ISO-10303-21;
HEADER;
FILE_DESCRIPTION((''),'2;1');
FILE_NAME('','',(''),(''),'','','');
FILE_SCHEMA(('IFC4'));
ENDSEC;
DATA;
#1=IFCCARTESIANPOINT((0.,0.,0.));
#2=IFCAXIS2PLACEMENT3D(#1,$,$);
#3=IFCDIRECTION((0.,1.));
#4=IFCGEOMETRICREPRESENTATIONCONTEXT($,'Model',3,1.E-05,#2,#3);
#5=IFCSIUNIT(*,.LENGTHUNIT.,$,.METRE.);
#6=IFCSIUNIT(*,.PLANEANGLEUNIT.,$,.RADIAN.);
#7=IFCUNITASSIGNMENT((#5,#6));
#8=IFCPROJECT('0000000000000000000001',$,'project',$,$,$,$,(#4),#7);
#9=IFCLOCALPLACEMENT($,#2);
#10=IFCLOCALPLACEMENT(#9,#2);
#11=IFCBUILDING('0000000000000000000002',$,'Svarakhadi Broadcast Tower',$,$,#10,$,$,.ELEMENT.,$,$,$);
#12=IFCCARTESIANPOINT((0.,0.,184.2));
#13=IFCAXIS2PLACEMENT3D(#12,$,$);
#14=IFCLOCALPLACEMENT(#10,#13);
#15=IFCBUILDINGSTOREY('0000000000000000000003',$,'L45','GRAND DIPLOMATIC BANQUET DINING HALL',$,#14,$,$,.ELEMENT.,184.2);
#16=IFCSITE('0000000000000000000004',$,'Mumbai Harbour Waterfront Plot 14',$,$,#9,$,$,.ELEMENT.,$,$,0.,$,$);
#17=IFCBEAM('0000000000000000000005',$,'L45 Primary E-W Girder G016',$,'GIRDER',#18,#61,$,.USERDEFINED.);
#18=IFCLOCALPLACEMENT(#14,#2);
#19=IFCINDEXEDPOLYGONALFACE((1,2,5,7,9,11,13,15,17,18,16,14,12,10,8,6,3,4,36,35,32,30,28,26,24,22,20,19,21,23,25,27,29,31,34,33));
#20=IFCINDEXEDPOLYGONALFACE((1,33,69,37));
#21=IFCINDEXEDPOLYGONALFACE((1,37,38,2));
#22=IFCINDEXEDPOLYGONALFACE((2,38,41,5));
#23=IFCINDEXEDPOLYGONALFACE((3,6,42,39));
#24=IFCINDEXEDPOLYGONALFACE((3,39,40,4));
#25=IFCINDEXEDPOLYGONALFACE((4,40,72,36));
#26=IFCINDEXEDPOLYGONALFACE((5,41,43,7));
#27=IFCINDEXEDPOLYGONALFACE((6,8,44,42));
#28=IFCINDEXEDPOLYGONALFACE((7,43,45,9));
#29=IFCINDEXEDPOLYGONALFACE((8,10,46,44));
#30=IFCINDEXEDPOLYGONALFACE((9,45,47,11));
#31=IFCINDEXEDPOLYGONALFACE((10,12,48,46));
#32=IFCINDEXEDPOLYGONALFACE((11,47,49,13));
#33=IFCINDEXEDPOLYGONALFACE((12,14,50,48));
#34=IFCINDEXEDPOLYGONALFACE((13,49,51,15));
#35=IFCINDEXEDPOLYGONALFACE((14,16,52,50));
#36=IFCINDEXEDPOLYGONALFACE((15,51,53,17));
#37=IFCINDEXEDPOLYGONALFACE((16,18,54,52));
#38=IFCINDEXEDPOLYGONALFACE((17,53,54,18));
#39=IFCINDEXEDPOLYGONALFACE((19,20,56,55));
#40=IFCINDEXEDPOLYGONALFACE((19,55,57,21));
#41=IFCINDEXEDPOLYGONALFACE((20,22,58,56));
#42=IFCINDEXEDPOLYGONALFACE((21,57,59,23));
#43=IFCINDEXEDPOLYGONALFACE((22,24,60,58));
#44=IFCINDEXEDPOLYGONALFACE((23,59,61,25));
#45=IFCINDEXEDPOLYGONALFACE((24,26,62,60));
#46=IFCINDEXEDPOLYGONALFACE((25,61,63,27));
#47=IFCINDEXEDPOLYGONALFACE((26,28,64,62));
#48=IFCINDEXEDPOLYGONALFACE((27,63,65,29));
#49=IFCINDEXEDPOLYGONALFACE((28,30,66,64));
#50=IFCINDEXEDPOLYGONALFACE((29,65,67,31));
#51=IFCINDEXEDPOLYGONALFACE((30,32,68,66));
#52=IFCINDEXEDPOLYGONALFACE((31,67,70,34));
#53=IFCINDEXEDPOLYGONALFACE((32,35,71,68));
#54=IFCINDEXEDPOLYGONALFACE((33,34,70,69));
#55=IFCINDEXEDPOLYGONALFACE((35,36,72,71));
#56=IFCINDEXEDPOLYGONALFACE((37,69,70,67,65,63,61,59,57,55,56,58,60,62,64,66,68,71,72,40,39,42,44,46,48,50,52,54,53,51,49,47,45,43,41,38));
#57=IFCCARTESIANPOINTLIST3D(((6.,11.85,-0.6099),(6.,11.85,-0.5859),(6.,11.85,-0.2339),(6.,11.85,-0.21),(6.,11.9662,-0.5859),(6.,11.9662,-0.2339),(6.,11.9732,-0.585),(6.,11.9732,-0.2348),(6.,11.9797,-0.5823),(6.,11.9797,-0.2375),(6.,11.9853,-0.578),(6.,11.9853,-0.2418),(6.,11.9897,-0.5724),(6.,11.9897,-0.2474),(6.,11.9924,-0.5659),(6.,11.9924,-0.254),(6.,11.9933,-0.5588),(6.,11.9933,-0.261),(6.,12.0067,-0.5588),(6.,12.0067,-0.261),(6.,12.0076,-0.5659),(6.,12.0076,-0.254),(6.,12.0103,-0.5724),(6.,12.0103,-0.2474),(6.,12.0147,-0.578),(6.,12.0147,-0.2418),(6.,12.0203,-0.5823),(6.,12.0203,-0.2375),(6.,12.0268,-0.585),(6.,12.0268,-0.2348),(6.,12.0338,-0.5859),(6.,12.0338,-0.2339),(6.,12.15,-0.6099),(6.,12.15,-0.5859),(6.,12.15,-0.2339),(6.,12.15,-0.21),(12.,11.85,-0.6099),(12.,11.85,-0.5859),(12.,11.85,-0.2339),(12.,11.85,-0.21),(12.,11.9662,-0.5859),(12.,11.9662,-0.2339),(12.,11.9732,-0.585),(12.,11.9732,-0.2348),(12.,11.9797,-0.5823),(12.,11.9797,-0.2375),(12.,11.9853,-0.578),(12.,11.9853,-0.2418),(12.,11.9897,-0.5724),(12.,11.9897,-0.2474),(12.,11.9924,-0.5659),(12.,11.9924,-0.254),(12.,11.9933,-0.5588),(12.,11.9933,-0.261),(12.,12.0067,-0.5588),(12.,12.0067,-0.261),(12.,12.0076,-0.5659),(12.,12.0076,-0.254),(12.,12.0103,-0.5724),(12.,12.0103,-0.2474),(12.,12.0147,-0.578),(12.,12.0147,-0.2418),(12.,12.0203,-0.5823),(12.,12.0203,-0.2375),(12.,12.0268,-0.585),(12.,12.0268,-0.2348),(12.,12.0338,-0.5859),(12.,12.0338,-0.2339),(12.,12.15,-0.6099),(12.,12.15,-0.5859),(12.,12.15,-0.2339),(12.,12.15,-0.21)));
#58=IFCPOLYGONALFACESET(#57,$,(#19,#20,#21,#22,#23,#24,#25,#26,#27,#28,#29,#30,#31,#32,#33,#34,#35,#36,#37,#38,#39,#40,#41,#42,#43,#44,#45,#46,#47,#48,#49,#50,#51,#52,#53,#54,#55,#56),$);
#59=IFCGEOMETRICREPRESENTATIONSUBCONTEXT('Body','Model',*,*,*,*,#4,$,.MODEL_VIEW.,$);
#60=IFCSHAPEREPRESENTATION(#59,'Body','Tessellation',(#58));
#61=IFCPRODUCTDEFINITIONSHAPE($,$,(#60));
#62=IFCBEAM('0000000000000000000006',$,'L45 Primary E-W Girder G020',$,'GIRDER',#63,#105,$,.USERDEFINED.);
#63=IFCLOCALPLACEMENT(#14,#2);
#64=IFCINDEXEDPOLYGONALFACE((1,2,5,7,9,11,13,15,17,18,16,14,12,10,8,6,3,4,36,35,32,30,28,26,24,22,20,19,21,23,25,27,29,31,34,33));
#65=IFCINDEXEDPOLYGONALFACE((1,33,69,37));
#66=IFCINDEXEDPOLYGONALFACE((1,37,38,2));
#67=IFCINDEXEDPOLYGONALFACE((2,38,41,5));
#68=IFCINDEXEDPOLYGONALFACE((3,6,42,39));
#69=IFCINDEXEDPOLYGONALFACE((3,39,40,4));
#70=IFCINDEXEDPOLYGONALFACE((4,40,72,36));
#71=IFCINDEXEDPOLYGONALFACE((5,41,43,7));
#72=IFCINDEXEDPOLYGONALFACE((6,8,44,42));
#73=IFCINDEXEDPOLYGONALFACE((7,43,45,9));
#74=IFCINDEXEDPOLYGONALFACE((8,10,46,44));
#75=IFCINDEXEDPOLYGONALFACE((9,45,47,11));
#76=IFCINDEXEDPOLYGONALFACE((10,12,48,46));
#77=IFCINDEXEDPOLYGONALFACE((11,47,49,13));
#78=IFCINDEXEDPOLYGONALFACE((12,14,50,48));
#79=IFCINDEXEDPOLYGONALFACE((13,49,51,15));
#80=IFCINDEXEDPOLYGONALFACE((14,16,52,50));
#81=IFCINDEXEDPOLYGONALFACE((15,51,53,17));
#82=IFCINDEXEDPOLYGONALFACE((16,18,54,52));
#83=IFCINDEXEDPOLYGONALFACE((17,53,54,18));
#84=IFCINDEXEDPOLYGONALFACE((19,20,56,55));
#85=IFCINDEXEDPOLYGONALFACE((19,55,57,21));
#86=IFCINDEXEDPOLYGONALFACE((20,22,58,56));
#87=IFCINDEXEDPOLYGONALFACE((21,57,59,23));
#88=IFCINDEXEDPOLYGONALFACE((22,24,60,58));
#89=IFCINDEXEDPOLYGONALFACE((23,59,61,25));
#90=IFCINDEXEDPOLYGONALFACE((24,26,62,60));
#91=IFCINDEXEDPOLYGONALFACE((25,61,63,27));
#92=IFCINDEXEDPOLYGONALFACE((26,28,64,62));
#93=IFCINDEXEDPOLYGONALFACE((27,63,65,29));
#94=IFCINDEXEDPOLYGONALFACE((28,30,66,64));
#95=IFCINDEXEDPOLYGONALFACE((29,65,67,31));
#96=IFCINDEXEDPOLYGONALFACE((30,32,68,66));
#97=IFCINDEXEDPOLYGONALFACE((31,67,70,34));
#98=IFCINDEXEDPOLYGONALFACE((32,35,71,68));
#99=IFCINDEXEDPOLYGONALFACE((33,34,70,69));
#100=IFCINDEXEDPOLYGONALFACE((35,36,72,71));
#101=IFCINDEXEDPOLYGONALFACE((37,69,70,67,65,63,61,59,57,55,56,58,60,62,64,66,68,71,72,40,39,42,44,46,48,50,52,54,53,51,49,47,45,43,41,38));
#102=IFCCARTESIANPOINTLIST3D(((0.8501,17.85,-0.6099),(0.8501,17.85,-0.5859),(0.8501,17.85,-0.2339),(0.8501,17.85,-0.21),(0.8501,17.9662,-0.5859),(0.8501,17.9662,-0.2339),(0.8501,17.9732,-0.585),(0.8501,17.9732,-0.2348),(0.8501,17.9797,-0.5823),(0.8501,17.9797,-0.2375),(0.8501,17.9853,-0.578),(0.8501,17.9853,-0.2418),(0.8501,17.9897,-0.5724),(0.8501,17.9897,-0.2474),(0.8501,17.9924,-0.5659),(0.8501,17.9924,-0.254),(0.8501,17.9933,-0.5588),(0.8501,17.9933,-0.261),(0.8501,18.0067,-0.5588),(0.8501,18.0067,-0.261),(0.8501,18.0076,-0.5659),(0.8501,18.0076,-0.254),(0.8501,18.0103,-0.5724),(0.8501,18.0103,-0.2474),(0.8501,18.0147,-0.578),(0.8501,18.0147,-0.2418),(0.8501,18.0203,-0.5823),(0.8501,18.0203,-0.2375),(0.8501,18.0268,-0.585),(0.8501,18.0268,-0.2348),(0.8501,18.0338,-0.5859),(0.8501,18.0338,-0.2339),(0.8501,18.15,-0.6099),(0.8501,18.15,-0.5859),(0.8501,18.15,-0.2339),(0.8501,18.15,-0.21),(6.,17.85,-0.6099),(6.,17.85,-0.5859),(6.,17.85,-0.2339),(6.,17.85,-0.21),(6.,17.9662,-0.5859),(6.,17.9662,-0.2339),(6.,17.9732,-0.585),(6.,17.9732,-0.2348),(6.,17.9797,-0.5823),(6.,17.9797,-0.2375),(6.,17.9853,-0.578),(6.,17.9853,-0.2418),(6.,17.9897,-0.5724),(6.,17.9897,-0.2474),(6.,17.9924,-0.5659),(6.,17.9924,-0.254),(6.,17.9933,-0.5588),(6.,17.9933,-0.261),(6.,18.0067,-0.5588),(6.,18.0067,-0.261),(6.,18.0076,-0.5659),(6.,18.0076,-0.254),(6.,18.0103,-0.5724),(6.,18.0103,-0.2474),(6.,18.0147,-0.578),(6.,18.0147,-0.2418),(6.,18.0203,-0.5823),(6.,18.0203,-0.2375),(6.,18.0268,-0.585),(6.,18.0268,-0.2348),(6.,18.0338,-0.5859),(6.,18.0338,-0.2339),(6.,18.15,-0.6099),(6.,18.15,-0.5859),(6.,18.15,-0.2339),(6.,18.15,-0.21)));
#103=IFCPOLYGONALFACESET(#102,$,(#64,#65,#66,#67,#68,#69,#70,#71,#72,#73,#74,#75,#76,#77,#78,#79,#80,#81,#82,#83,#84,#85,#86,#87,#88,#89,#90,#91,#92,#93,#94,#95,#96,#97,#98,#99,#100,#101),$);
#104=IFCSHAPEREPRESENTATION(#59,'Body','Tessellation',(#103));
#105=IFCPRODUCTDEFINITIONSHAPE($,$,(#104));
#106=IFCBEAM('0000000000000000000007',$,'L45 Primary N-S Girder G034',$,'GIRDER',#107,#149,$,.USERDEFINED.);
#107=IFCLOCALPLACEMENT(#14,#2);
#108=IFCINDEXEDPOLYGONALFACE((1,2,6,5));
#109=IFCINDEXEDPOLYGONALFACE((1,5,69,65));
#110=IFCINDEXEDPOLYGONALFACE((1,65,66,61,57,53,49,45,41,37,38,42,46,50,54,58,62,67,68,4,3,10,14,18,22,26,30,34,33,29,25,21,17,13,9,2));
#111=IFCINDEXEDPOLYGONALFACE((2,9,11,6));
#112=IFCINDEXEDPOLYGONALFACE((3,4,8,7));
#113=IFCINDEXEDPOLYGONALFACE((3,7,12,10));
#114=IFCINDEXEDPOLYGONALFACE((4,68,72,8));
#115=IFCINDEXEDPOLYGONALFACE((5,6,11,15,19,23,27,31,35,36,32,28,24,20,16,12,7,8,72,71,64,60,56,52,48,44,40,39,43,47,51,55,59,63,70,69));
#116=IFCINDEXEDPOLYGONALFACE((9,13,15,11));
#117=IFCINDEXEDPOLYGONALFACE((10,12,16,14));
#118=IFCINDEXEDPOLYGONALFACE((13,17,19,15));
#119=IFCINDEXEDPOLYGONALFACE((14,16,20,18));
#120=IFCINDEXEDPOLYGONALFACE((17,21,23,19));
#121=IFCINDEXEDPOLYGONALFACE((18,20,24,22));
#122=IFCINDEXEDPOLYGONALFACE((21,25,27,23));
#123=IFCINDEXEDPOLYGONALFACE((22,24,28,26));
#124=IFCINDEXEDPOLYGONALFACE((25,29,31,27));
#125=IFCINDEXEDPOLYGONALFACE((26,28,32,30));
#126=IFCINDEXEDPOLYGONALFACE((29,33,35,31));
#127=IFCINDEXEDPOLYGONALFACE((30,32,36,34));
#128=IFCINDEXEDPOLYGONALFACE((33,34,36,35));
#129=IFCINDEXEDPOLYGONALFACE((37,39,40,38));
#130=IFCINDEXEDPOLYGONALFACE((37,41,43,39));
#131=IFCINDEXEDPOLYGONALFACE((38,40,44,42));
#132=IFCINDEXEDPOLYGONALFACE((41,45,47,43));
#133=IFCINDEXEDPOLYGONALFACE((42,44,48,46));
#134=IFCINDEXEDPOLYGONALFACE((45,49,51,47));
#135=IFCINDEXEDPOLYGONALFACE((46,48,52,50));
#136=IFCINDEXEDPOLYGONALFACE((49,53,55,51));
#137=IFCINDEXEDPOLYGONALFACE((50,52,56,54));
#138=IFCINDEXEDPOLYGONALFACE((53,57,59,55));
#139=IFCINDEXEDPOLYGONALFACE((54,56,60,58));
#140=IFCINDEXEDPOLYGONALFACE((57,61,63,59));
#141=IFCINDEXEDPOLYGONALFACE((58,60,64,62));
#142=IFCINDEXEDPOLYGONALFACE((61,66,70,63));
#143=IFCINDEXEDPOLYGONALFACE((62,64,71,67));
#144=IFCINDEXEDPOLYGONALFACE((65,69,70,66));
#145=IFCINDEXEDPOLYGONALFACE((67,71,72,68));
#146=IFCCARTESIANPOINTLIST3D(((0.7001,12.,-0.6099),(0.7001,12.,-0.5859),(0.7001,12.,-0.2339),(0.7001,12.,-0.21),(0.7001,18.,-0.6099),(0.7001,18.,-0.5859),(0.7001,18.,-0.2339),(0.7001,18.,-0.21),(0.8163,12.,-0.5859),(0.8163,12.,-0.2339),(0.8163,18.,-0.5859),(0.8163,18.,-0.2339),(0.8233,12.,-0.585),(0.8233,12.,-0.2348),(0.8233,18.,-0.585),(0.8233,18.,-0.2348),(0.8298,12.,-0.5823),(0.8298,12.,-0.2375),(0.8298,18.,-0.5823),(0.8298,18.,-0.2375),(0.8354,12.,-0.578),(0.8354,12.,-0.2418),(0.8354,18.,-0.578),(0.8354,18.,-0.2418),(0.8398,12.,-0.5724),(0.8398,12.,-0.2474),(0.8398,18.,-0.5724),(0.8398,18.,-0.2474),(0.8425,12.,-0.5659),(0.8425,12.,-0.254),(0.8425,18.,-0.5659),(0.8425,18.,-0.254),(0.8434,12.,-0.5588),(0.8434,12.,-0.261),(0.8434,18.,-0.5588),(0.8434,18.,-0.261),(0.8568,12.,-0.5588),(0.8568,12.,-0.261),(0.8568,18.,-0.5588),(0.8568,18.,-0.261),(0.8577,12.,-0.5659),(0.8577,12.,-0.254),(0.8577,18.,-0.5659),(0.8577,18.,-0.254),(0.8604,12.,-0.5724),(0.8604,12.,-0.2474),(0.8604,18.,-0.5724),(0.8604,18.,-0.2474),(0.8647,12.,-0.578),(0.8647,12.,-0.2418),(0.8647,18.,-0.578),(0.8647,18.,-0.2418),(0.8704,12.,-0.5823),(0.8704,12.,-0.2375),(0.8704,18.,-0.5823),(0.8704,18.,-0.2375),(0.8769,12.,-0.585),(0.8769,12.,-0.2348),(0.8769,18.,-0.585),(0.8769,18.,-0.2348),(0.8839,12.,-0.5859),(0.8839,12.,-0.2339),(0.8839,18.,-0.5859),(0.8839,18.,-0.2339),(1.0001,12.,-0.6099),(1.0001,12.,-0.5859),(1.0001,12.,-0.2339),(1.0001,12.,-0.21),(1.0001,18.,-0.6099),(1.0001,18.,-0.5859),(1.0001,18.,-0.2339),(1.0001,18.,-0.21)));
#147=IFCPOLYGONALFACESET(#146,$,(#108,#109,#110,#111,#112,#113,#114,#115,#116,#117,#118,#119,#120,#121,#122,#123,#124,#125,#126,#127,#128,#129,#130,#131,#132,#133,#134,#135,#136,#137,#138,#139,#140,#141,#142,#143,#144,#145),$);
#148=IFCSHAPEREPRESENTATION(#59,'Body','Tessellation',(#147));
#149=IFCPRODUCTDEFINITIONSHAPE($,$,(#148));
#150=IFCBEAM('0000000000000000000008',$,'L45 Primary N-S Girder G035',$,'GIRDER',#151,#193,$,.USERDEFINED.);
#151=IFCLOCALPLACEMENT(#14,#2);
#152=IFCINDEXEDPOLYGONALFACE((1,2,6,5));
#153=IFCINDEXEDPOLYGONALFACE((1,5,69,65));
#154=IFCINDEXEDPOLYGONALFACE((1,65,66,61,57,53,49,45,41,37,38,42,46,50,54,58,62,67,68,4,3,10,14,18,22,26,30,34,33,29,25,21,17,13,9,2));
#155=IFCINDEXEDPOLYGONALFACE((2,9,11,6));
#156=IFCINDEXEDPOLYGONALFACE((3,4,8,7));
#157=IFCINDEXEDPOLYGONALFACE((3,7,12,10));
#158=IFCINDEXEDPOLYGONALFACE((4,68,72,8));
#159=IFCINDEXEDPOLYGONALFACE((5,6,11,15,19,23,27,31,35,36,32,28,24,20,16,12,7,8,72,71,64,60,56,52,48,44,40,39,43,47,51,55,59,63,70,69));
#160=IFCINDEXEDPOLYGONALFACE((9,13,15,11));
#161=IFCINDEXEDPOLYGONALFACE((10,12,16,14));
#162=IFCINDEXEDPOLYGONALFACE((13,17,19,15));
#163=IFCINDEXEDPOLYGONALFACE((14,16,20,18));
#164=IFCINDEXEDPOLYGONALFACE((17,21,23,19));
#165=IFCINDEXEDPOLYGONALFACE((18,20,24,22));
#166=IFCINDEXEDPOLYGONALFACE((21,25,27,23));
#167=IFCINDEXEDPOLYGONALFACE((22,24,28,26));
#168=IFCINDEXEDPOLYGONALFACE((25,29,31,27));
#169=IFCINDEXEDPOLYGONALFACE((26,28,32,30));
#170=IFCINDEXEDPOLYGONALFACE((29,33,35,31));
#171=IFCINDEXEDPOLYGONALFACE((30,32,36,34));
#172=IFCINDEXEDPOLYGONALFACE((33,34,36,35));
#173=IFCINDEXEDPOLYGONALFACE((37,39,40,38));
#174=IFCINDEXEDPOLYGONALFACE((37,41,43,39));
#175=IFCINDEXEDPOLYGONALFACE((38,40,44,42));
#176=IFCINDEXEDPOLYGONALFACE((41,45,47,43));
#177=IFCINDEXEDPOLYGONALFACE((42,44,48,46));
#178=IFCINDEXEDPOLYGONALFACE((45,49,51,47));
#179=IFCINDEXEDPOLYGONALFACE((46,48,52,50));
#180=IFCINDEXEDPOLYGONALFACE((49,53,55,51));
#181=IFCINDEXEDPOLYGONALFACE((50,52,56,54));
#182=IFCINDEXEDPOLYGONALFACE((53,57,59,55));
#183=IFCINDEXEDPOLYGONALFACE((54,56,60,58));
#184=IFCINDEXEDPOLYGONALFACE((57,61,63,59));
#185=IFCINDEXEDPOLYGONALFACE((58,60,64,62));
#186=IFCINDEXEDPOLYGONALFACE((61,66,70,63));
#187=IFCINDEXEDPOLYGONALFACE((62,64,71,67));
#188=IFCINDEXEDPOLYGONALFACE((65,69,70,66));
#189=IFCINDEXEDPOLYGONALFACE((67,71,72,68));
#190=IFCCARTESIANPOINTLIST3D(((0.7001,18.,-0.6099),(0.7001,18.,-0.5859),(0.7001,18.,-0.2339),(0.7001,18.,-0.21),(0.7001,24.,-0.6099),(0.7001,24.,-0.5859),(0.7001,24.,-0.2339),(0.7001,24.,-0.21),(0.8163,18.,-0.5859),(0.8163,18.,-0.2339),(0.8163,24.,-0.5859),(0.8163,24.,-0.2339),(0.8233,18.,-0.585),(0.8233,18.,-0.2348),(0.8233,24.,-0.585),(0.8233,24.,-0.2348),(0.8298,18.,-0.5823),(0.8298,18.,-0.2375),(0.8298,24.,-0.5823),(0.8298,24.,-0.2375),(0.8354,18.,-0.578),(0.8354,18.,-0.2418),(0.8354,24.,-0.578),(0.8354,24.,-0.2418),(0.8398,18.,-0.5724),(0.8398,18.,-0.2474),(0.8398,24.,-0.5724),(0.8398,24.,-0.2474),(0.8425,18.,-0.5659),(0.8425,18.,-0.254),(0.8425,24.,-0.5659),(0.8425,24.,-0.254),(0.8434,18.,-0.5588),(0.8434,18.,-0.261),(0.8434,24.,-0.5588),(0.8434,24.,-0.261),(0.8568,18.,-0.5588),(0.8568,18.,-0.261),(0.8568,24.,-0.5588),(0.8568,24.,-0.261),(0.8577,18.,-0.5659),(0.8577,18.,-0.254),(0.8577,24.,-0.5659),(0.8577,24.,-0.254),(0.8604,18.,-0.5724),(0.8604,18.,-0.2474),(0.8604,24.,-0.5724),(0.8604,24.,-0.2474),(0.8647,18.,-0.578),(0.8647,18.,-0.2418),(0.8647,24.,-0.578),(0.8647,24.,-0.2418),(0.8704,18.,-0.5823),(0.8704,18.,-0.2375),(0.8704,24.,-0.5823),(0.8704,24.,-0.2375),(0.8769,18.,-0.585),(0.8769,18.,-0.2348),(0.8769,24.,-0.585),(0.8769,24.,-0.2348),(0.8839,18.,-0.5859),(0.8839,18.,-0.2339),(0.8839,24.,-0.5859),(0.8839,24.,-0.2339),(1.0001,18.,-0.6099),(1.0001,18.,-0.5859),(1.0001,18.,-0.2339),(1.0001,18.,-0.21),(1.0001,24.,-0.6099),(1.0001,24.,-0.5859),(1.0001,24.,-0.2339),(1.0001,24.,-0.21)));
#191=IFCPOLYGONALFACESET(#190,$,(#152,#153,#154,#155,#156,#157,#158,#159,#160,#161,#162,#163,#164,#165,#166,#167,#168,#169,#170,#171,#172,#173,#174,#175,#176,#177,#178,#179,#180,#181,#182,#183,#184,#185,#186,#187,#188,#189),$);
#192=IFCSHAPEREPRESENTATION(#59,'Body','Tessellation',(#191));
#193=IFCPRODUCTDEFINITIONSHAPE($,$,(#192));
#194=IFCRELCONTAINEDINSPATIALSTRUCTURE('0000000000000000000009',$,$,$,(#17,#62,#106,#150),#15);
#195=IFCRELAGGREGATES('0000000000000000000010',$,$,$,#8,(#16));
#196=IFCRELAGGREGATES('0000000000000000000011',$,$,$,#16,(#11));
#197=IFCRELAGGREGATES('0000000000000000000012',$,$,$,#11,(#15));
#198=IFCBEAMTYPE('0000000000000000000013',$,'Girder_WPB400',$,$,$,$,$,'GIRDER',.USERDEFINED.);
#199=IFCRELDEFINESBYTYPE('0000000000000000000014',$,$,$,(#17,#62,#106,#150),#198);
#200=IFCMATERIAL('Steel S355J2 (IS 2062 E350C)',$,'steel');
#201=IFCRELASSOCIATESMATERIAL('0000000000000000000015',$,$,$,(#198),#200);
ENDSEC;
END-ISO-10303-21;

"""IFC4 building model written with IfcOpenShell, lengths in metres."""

from ifc_helpers import new_model, si_unit, direction, frame, origin, origin_2d, place, context, subcontext, project, spatial, i_section, extrude, material, material_profile, profile_set, type_object, element, save


model = new_model("IFC4")

# Units and contexts
model_context = context("Model", 3, precision=1e-05, world=origin(), true_north=direction((0.0, 1.0)))
body_context = subcontext(model_context, "Body", "Model", "MODEL_VIEW")
ifc_project = project(units=[si_unit("LENGTHUNIT", "METRE"), si_unit("PLANEANGLEUNIT", "RADIAN")], contexts=[model_context])

# Site, building, storey
site_placement = place(None, origin())
site = spatial("IfcSite", under=ifc_project, at=site_placement, Name="Mumbai Harbour Waterfront Plot 14", CompositionType="ELEMENT", RefElevation=0.0)
building_placement = place(site_placement, origin())
building = spatial("IfcBuilding", under=site, at=building_placement, Name="Svarakhadi Broadcast Tower", CompositionType="ELEMENT")
storey_placement = place(building_placement, frame((0.0, 0.0, 184.2)))
storey = spatial("IfcBuildingStorey", under=building, at=storey_placement, Name="L45", Description="GRAND DIPLOMATIC BANQUET DINING HALL", CompositionType="ELEMENT", Elevation=184.2)

# Shared definitions
ifc_material_1 = material(Name="Steel S355J2 (IS 2062 E350C)", Category="steel")

# Beams
ifc_material_profile_1 = material_profile(ifc_material_1, i_section(OverallWidth=0.3, OverallDepth=0.3999, WebThickness=0.0134, FlangeThickness=0.0239, FilletRadius=0.0271, at=origin_2d()), Name="WPB 400x300x155")
ifc_profile_set_1 = profile_set([ifc_material_profile_1], Name="Steel S355J2 (IS 2062 E350C)")
beam_type_1 = type_object("IfcBeamType", Name="Girder_WPB400", ElementType="GIRDER", PredefinedType="USERDEFINED", material=ifc_profile_set_1)
beam_1_placement = place(storey_placement, frame((6.0, 12.0, -0.4099), z_axis=(1.0, 0.0, 0.0), x_axis=(0.0, 1.0, 0.0)))
element("IfcBeam", 1, at=beam_1_placement, inside=storey, type_object=beam_type_1, Name="L45 Primary E-W Girder G016", ObjectType="GIRDER", PredefinedType="USERDEFINED", context=body_context, shape_type="SweptSolid", body=[
    extrude(i_section(OverallWidth=0.3, OverallDepth=0.3999, WebThickness=0.0134, FlangeThickness=0.0239, FilletRadius=0.0271, at=origin_2d()), origin(), (0.0, 0.0, 1.0), 6.0),
])
beam_2_placement = place(storey_placement, frame((0.8501, 18.0, -0.4099), z_axis=(1.0, 0.0, 0.0), x_axis=(0.0, 1.0, 0.0)))
element("IfcBeam", 2, at=beam_2_placement, inside=storey, type_object=beam_type_1, Name="L45 Primary E-W Girder G020", ObjectType="GIRDER", PredefinedType="USERDEFINED", context=body_context, shape_type="SweptSolid", body=[
    extrude(i_section(OverallWidth=0.3, OverallDepth=0.3999, WebThickness=0.0134, FlangeThickness=0.0239, FilletRadius=0.0271, at=origin_2d()), origin(), (0.0, 0.0, 1.0), 5.1499),
])
for number, where, z_axis, x_axis, name in (
    (3, (0.8501, 12.0, -0.4099), (0.0, 1.0, 0.0), (-1.0, 0.0, 0.0), "L45 Primary N-S Girder G034"),
    (4, (0.8501, 18.0, -0.4099), (0.0, 1.0, 0.0), (-1.0, 0.0, 0.0), "L45 Primary N-S Girder G035"),
):
    element("IfcBeam", number, at=place(storey_placement, frame(where, z_axis=z_axis, x_axis=x_axis)), inside=storey, type_object=beam_type_1, Name=name, ObjectType="GIRDER", PredefinedType="USERDEFINED", context=body_context, shape_type="SweptSolid", body=[
        extrude(i_section(OverallWidth=0.3, OverallDepth=0.3999, WebThickness=0.0134, FlangeThickness=0.0239, FilletRadius=0.0271, at=origin_2d()), origin(), (0.0, 0.0, 1.0), 6.0),
    ])

save(model, "model.ifc")
